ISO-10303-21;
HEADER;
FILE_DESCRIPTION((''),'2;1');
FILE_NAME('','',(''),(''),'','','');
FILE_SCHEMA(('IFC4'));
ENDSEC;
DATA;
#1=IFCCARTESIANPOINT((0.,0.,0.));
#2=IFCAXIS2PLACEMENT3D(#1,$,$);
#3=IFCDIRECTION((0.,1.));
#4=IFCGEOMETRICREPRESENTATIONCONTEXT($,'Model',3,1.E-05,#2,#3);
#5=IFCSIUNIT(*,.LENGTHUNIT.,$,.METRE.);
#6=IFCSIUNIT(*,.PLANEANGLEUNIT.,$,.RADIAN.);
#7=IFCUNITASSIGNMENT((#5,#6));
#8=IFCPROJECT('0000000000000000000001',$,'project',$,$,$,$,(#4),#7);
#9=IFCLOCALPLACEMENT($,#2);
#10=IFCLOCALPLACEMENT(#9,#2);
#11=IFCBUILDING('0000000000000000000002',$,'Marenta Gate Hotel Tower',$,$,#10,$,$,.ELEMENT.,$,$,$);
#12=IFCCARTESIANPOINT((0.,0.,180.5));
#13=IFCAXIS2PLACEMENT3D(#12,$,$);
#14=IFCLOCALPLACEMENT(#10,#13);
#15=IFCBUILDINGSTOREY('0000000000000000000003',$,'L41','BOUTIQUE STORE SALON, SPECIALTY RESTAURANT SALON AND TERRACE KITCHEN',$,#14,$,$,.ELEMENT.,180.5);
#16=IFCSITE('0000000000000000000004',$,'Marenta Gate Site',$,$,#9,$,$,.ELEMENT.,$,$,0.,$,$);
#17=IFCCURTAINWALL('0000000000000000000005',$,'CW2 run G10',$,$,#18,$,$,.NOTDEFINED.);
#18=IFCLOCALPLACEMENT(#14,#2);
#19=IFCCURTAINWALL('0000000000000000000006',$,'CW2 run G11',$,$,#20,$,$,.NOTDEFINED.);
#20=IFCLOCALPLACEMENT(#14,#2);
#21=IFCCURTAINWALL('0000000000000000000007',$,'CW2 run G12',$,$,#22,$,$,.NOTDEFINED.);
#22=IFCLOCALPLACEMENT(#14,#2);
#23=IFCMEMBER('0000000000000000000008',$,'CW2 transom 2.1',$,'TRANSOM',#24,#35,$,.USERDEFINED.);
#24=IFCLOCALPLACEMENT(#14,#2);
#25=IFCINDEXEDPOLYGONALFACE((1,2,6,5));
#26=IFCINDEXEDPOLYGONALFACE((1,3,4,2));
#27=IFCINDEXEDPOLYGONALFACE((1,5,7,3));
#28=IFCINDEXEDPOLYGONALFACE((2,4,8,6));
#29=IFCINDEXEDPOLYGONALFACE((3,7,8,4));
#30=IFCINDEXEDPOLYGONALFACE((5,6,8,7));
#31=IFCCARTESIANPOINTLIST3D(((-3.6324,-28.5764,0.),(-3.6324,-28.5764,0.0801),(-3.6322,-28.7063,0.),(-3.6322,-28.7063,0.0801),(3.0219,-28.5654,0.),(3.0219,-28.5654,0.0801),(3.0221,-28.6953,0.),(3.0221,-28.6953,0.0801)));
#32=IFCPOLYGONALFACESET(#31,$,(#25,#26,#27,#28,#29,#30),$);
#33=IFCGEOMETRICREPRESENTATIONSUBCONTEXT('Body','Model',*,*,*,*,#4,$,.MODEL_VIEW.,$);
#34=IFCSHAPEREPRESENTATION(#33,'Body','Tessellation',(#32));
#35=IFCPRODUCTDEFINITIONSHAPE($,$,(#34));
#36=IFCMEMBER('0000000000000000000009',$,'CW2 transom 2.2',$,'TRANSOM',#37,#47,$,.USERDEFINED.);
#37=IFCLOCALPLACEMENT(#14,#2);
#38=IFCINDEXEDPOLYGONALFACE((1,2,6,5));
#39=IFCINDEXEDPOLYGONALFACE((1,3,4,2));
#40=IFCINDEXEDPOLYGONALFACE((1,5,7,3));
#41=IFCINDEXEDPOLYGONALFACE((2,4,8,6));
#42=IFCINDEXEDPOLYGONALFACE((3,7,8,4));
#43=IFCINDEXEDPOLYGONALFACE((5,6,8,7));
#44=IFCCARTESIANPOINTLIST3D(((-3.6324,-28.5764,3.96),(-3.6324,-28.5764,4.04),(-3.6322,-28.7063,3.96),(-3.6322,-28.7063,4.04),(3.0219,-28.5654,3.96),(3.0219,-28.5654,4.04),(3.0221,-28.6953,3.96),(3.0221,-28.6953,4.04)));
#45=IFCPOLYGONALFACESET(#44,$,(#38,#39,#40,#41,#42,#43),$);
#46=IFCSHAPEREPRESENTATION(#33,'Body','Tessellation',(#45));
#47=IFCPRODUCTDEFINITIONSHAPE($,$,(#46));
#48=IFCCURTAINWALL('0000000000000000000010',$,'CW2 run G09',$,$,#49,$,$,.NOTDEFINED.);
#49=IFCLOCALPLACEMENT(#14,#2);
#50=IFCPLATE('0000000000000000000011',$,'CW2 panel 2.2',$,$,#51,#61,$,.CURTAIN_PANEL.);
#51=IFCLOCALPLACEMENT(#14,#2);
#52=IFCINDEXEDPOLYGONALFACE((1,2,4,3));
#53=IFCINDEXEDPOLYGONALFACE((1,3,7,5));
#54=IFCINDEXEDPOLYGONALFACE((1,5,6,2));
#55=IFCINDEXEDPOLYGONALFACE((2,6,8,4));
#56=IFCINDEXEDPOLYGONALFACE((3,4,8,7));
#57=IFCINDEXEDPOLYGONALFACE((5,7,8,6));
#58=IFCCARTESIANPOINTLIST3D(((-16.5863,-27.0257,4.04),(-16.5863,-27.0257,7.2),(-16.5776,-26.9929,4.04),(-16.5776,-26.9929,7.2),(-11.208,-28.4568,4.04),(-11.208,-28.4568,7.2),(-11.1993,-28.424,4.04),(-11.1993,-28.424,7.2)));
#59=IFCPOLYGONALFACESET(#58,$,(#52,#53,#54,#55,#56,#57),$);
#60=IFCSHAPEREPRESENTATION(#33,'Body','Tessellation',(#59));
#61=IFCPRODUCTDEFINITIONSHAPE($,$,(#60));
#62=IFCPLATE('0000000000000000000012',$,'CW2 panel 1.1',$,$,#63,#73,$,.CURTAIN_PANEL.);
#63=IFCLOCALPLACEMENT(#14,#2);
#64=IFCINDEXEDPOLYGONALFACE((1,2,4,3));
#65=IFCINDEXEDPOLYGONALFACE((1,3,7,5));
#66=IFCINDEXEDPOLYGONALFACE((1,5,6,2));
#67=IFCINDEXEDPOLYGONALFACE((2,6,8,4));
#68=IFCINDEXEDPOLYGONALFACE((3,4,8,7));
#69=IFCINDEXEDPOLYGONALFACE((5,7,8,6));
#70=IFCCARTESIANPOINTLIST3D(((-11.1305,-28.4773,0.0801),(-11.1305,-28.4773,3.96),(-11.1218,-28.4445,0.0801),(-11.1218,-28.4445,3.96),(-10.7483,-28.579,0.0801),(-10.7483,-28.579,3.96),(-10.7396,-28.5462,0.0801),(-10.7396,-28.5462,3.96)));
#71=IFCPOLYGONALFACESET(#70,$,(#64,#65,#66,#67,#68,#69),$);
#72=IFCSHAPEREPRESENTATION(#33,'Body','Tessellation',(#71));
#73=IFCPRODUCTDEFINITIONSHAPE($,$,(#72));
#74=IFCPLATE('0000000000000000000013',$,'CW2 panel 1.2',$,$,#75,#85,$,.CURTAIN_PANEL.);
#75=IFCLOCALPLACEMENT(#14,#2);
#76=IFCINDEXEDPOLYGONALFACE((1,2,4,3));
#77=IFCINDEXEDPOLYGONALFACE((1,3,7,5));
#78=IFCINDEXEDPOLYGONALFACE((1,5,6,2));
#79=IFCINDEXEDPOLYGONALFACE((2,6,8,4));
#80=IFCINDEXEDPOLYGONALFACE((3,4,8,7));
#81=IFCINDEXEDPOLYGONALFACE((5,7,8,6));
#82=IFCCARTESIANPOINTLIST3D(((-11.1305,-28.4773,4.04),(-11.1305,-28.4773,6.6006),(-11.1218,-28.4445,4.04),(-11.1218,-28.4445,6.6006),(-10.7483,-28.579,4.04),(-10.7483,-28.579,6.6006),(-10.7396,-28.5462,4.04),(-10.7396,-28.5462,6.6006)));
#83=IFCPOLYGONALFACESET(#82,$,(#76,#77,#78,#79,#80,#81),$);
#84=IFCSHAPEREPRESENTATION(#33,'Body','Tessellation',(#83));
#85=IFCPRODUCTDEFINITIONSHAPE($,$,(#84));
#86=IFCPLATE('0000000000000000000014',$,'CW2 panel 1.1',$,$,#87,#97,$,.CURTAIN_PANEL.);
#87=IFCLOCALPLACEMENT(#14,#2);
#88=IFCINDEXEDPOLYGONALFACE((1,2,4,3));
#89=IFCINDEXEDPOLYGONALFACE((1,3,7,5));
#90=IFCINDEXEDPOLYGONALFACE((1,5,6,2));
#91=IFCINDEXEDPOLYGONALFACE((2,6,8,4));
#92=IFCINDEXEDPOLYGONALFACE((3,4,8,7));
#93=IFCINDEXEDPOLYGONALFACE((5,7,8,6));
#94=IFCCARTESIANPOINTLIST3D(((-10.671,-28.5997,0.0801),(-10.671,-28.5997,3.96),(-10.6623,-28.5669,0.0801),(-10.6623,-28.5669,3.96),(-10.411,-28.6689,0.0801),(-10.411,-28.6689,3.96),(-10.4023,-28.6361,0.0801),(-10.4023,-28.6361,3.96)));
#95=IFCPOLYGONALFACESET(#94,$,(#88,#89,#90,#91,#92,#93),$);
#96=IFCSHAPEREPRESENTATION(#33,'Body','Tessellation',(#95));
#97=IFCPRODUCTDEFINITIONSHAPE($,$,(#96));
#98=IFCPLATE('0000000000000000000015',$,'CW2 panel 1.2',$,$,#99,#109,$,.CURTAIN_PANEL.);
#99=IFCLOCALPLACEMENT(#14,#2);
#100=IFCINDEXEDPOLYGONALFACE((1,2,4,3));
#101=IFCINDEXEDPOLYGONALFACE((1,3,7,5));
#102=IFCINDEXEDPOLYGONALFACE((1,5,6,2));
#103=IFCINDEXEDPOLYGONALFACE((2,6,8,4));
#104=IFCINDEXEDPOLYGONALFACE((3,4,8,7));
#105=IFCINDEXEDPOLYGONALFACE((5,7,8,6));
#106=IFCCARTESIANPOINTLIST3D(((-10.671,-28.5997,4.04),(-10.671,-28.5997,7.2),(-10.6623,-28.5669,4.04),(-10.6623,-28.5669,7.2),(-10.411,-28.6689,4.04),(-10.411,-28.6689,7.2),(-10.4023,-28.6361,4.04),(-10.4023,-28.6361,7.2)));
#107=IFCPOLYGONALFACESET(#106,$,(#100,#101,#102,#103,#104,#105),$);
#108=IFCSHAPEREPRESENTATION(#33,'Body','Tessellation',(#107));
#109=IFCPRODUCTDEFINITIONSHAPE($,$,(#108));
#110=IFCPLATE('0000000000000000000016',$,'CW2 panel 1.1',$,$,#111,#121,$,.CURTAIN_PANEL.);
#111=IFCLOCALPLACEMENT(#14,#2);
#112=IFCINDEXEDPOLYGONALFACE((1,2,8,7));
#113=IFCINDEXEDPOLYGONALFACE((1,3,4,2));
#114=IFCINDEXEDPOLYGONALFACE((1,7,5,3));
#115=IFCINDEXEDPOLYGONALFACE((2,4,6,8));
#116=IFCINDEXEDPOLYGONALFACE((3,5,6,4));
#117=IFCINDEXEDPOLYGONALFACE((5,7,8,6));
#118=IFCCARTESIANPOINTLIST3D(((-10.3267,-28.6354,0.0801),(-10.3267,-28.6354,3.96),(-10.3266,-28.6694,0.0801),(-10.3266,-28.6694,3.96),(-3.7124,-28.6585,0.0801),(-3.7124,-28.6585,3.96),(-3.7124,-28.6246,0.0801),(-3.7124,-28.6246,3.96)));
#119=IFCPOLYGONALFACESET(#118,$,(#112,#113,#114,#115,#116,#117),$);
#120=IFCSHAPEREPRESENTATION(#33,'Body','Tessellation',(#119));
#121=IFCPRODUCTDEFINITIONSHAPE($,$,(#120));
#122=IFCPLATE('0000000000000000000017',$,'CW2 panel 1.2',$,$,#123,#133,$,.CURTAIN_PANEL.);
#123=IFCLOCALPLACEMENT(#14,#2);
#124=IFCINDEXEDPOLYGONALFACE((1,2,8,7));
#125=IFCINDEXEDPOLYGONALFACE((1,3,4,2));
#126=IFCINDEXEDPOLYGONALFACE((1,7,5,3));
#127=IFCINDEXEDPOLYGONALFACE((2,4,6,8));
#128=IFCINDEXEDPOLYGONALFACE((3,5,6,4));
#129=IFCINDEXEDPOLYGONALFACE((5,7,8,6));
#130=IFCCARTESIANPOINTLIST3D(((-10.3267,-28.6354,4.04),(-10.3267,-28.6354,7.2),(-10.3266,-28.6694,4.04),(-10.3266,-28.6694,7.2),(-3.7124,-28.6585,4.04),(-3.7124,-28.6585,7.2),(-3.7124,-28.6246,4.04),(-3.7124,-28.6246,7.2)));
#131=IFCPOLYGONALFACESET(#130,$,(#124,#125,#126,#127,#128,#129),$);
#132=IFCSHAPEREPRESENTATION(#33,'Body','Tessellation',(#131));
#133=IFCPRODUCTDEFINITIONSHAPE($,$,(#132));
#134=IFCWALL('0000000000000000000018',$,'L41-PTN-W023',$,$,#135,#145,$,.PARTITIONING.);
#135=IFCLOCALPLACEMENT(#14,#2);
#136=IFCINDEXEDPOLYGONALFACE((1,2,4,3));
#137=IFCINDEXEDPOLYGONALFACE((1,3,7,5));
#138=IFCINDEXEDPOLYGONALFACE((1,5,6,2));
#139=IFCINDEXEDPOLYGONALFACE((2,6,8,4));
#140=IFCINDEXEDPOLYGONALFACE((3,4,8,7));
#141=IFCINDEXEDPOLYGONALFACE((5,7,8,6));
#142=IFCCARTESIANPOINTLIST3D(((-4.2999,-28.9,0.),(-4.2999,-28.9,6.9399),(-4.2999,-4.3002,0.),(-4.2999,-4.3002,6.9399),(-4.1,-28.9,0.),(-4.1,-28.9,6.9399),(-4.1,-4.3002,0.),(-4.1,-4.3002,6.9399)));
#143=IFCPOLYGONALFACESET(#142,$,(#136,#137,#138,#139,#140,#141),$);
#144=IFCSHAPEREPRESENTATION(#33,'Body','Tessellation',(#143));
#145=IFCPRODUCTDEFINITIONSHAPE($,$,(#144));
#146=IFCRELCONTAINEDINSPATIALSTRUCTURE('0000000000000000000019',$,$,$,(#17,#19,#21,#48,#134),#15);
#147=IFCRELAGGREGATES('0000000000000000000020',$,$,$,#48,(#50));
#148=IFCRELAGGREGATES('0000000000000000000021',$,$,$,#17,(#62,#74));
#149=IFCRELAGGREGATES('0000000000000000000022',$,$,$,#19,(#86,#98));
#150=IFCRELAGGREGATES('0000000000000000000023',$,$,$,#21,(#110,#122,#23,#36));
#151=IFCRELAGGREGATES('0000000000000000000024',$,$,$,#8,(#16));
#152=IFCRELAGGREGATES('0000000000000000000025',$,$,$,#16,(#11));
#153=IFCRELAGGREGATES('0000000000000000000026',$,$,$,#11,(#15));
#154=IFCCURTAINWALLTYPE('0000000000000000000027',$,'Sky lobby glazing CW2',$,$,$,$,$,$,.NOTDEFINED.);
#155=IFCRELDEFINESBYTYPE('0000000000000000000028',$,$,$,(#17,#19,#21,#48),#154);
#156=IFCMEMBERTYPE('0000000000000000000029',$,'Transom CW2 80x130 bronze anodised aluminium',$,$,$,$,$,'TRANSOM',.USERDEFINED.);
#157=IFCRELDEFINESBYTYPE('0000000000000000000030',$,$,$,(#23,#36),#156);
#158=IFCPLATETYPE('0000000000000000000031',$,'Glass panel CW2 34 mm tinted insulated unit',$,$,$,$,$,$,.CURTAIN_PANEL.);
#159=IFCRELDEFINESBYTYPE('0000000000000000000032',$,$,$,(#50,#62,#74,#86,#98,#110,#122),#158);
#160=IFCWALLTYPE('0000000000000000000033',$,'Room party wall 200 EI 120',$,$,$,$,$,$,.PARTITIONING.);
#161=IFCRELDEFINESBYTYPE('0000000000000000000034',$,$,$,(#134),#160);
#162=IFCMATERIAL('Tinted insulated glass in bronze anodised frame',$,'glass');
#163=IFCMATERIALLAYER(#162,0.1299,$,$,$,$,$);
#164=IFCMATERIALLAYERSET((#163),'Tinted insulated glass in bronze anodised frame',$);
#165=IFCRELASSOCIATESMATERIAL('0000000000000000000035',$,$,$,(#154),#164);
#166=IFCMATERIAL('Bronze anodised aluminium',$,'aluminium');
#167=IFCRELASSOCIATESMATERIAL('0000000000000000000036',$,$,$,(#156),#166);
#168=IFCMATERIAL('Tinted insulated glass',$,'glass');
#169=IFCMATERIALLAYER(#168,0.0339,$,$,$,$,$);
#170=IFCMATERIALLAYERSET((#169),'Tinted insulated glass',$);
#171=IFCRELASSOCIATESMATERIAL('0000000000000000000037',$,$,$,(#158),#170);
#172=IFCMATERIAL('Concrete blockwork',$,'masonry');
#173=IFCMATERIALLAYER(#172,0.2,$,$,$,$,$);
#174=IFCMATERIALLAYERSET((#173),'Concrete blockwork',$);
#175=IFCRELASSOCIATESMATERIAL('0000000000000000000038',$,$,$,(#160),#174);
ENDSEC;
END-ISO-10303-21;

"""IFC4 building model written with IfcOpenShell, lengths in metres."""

from ifc_helpers import new_model, si_unit, direction, frame, frame_2d, origin, origin_2d, place, context, subcontext, project, spatial, rectangle, extrude, material, layer, layer_set, material_profile, profile_set, type_object, element, aggregate, save


model = new_model("IFC4")

# Units and contexts
model_context = context("Model", 3, precision=1e-05, world=origin(), true_north=direction((0.0, 1.0)))
body_context = subcontext(model_context, "Body", "Model", "MODEL_VIEW")
ifc_project = project(units=[si_unit("LENGTHUNIT", "METRE"), si_unit("PLANEANGLEUNIT", "RADIAN")], contexts=[model_context])

# Site, building, storey
site_placement = place(None, origin())
site = spatial("IfcSite", under=ifc_project, at=site_placement, Name="Marenta Gate Site", CompositionType="ELEMENT", RefElevation=0.0)
building_placement = place(site_placement, origin())
building = spatial("IfcBuilding", under=site, at=building_placement, Name="Marenta Gate Hotel Tower", CompositionType="ELEMENT")
storey_placement = place(building_placement, frame((0.0, 0.0, 180.5)))
storey = spatial("IfcBuildingStorey", under=building, at=storey_placement, Name="L41", Description="BOUTIQUE STORE SALON, SPECIALTY RESTAURANT SALON AND TERRACE KITCHEN", CompositionType="ELEMENT", Elevation=180.5)

# Curtain walls
ifc_material_1 = material(Name="Tinted insulated glass in bronze anodised frame", Category="glass")
ifc_layer_1 = layer(ifc_material_1, 0.1299)
ifc_layer_set_1 = layer_set([ifc_layer_1], Name="Tinted insulated glass in bronze anodised frame")
curtain_wall_type = type_object("IfcCurtainWallType", Name="Sky lobby glazing CW2", PredefinedType="NOTDEFINED", material=ifc_layer_set_1)
curtain_wall_1_placement = place(storey_placement, origin())
curtain_wall_1 = element("IfcCurtainWall", 1, at=curtain_wall_1_placement, inside=storey, type_object=curtain_wall_type, Name="CW2 run G10", PredefinedType="NOTDEFINED")
curtain_wall_2_placement = place(storey_placement, origin())
curtain_wall_2 = element("IfcCurtainWall", 2, at=curtain_wall_2_placement, inside=storey, type_object=curtain_wall_type, Name="CW2 run G11", PredefinedType="NOTDEFINED")

# Curtain wall
curtain_wall_3_placement = place(storey_placement, origin())
curtain_wall_3 = element("IfcCurtainWall", 3, at=curtain_wall_3_placement, inside=storey, type_object=curtain_wall_type, Name="CW2 run G12", PredefinedType="NOTDEFINED")

# Members
ifc_material_2 = material(Name="Bronze anodised aluminium", Category="aluminium")
ifc_material_profile_1 = material_profile(ifc_material_2, rectangle(XDim=0.1299, YDim=0.0801, at=origin_2d()), Name="Transom CW2 80x130 bronze anodised aluminium")
ifc_profile_set_1 = profile_set([ifc_material_profile_1], Name="Bronze anodised aluminium")
member_type_1 = type_object("IfcMemberType", Name="Transom CW2 80x130 bronze anodised aluminium", ElementType="TRANSOM", PredefinedType="USERDEFINED", material=ifc_profile_set_1)
member_1_placement = place(storey_placement, frame((-3.6323, -28.6414, 0.04), z_axis=(0.999999, 0.001651, 0.0), x_axis=(-0.001651, 0.999999, 0.0)))
member_1 = element("IfcMember", 4, at=member_1_placement, type_object=member_type_1, Name="CW2 transom 2.1", ObjectType="TRANSOM", PredefinedType="USERDEFINED", context=body_context, shape_type="SweptSolid", body=[
    extrude(rectangle(XDim=0.1299, YDim=0.0801, at=origin_2d()), origin(), (0.0, 0.0, 1.0), 6.6543),
])
member_2_placement = place(storey_placement, frame((-3.6323, -28.6414, 4.0), z_axis=(0.999999, 0.001651, 0.0), x_axis=(-0.001651, 0.999999, 0.0)))
member_2 = element("IfcMember", 5, at=member_2_placement, type_object=member_type_1, Name="CW2 transom 2.2", ObjectType="TRANSOM", PredefinedType="USERDEFINED", context=body_context, shape_type="SweptSolid", body=[
    extrude(rectangle(XDim=0.1299, YDim=0.0801, at=origin_2d()), origin(), (0.0, 0.0, 1.0), 6.6543),
])

# Curtain wall, plate
curtain_wall_4_placement = place(storey_placement, origin())
curtain_wall_4 = element("IfcCurtainWall", 6, at=curtain_wall_4_placement, inside=storey, type_object=curtain_wall_type, Name="CW2 run G09", PredefinedType="NOTDEFINED")
ifc_material_3 = material(Name="Tinted insulated glass", Category="glass")
ifc_layer_2 = layer(ifc_material_3, 0.0339)
ifc_layer_set_2 = layer_set([ifc_layer_2], Name="Tinted insulated glass")
plate_type = type_object("IfcPlateType", Name="Glass panel CW2 34 mm tinted insulated unit", PredefinedType="CURTAIN_PANEL", material=ifc_layer_set_2)
plate_1_placement = place(storey_placement, frame((-13.8928, -27.7249, 4.04), z_axis=(0.0, 0.0, 1.0), x_axis=(0.966375, -0.257139, 0.0)))
plate_1 = element("IfcPlate", 7, at=plate_1_placement, type_object=plate_type, Name="CW2 panel 2.2", PredefinedType="CURTAIN_PANEL", context=body_context, shape_type="SweptSolid", body=[
    extrude(rectangle(XDim=5.5654, YDim=0.0339, at=origin_2d()), origin(), (0.0, 0.0, 1.0), 3.1599),
])
aggregate(curtain_wall_4, [plate_1])

# Plates
plate_2_placement = place(storey_placement, frame((-10.9351, -28.5117, 0.0801), z_axis=(0.0, 0.0, 1.0), x_axis=(0.966371, -0.257152, 0.0)))
plate_2 = element("IfcPlate", 8, at=plate_2_placement, type_object=plate_type, Name="CW2 panel 1.1", PredefinedType="CURTAIN_PANEL", context=body_context, shape_type="SweptSolid", body=[
    extrude(rectangle(XDim=0.3955, YDim=0.0339, at=origin_2d()), origin(), (0.0, 0.0, 1.0), 3.8799),
])
plate_3_placement = place(storey_placement, frame((-10.9351, -28.5117, 4.04), z_axis=(0.0, 0.0, 1.0), x_axis=(0.966371, -0.257152, 0.0)))
plate_3 = element("IfcPlate", 9, at=plate_3_placement, type_object=plate_type, Name="CW2 panel 1.2", PredefinedType="CURTAIN_PANEL", context=body_context, shape_type="SweptSolid", body=[
    extrude(rectangle(XDim=0.3955, YDim=0.0339, at=origin_2d()), origin(), (0.0, 0.0, 1.0), 2.5605),
])
aggregate(curtain_wall_1, [plate_2, plate_3])
plate_4_placement = place(storey_placement, frame((-10.5366, -28.6179, 0.0801), z_axis=(0.0, 0.0, 1.0), x_axis=(0.966358, -0.257199, 0.0)))
plate_4 = element("IfcPlate", 10, at=plate_4_placement, type_object=plate_type, Name="CW2 panel 1.1", PredefinedType="CURTAIN_PANEL", context=body_context, shape_type="SweptSolid", body=[
    extrude(rectangle(XDim=0.269, YDim=0.0339, at=origin_2d()), origin(), (0.0, 0.0, 1.0), 3.8799),
])
plate_5_placement = place(storey_placement, frame((-10.5366, -28.6179, 4.04), z_axis=(0.0, 0.0, 1.0), x_axis=(0.966358, -0.257199, 0.0)))
plate_5 = element("IfcPlate", 11, at=plate_5_placement, type_object=plate_type, Name="CW2 panel 1.2", PredefinedType="CURTAIN_PANEL", context=body_context, shape_type="SweptSolid", body=[
    extrude(rectangle(XDim=0.269, YDim=0.0339, at=origin_2d()), origin(), (0.0, 0.0, 1.0), 3.1599),
])
aggregate(curtain_wall_2, [plate_4, plate_5])
plate_6_placement = place(storey_placement, frame((-7.0195, -28.647, 0.0801), z_axis=(0.0, 0.0, 1.0), x_axis=(0.999999, 0.001643, 0.0)))
plate_6 = element("IfcPlate", 12, at=plate_6_placement, type_object=plate_type, Name="CW2 panel 1.1", PredefinedType="CURTAIN_PANEL", context=body_context, shape_type="SweptSolid", body=[
    extrude(rectangle(XDim=6.6143, YDim=0.0339, at=origin_2d()), origin(), (0.0, 0.0, 1.0), 3.8799),
])
plate_7_placement = place(storey_placement, frame((-7.0195, -28.647, 4.04), z_axis=(0.0, 0.0, 1.0), x_axis=(0.999999, 0.001643, 0.0)))
plate_7 = element("IfcPlate", 13, at=plate_7_placement, type_object=plate_type, Name="CW2 panel 1.2", PredefinedType="CURTAIN_PANEL", context=body_context, shape_type="SweptSolid", body=[
    extrude(rectangle(XDim=6.6143, YDim=0.0339, at=origin_2d()), origin(), (0.0, 0.0, 1.0), 3.1599),
])
aggregate(curtain_wall_3, [plate_6, plate_7, member_1, member_2])

# Wall
ifc_material_4 = material(Name="Concrete blockwork", Category="masonry")
ifc_layer_3 = layer(ifc_material_4, 0.2)
ifc_layer_set_3 = layer_set([ifc_layer_3], Name="Concrete blockwork")
wall_type = type_object("IfcWallType", Name="Room party wall 200 EI 120", PredefinedType="PARTITIONING", material=ifc_layer_set_3)
wall_placement = place(storey_placement, frame((-4.2, -28.8999, 0.0), z_axis=(0.0, 0.0, 1.0), x_axis=(0.0, 1.0, 0.0)))
element("IfcWall", 14, at=wall_placement, inside=storey, type_object=wall_type, Name="L41-PTN-W023", PredefinedType="PARTITIONING", context=body_context, shape_type="SweptSolid", body=[
    extrude(rectangle(XDim=24.5999, YDim=0.2, at=frame_2d((12.2998, 0.0))), origin(), (0.0, 0.0, 1.0), 6.9399),
])

save(model, "model.ifc")
